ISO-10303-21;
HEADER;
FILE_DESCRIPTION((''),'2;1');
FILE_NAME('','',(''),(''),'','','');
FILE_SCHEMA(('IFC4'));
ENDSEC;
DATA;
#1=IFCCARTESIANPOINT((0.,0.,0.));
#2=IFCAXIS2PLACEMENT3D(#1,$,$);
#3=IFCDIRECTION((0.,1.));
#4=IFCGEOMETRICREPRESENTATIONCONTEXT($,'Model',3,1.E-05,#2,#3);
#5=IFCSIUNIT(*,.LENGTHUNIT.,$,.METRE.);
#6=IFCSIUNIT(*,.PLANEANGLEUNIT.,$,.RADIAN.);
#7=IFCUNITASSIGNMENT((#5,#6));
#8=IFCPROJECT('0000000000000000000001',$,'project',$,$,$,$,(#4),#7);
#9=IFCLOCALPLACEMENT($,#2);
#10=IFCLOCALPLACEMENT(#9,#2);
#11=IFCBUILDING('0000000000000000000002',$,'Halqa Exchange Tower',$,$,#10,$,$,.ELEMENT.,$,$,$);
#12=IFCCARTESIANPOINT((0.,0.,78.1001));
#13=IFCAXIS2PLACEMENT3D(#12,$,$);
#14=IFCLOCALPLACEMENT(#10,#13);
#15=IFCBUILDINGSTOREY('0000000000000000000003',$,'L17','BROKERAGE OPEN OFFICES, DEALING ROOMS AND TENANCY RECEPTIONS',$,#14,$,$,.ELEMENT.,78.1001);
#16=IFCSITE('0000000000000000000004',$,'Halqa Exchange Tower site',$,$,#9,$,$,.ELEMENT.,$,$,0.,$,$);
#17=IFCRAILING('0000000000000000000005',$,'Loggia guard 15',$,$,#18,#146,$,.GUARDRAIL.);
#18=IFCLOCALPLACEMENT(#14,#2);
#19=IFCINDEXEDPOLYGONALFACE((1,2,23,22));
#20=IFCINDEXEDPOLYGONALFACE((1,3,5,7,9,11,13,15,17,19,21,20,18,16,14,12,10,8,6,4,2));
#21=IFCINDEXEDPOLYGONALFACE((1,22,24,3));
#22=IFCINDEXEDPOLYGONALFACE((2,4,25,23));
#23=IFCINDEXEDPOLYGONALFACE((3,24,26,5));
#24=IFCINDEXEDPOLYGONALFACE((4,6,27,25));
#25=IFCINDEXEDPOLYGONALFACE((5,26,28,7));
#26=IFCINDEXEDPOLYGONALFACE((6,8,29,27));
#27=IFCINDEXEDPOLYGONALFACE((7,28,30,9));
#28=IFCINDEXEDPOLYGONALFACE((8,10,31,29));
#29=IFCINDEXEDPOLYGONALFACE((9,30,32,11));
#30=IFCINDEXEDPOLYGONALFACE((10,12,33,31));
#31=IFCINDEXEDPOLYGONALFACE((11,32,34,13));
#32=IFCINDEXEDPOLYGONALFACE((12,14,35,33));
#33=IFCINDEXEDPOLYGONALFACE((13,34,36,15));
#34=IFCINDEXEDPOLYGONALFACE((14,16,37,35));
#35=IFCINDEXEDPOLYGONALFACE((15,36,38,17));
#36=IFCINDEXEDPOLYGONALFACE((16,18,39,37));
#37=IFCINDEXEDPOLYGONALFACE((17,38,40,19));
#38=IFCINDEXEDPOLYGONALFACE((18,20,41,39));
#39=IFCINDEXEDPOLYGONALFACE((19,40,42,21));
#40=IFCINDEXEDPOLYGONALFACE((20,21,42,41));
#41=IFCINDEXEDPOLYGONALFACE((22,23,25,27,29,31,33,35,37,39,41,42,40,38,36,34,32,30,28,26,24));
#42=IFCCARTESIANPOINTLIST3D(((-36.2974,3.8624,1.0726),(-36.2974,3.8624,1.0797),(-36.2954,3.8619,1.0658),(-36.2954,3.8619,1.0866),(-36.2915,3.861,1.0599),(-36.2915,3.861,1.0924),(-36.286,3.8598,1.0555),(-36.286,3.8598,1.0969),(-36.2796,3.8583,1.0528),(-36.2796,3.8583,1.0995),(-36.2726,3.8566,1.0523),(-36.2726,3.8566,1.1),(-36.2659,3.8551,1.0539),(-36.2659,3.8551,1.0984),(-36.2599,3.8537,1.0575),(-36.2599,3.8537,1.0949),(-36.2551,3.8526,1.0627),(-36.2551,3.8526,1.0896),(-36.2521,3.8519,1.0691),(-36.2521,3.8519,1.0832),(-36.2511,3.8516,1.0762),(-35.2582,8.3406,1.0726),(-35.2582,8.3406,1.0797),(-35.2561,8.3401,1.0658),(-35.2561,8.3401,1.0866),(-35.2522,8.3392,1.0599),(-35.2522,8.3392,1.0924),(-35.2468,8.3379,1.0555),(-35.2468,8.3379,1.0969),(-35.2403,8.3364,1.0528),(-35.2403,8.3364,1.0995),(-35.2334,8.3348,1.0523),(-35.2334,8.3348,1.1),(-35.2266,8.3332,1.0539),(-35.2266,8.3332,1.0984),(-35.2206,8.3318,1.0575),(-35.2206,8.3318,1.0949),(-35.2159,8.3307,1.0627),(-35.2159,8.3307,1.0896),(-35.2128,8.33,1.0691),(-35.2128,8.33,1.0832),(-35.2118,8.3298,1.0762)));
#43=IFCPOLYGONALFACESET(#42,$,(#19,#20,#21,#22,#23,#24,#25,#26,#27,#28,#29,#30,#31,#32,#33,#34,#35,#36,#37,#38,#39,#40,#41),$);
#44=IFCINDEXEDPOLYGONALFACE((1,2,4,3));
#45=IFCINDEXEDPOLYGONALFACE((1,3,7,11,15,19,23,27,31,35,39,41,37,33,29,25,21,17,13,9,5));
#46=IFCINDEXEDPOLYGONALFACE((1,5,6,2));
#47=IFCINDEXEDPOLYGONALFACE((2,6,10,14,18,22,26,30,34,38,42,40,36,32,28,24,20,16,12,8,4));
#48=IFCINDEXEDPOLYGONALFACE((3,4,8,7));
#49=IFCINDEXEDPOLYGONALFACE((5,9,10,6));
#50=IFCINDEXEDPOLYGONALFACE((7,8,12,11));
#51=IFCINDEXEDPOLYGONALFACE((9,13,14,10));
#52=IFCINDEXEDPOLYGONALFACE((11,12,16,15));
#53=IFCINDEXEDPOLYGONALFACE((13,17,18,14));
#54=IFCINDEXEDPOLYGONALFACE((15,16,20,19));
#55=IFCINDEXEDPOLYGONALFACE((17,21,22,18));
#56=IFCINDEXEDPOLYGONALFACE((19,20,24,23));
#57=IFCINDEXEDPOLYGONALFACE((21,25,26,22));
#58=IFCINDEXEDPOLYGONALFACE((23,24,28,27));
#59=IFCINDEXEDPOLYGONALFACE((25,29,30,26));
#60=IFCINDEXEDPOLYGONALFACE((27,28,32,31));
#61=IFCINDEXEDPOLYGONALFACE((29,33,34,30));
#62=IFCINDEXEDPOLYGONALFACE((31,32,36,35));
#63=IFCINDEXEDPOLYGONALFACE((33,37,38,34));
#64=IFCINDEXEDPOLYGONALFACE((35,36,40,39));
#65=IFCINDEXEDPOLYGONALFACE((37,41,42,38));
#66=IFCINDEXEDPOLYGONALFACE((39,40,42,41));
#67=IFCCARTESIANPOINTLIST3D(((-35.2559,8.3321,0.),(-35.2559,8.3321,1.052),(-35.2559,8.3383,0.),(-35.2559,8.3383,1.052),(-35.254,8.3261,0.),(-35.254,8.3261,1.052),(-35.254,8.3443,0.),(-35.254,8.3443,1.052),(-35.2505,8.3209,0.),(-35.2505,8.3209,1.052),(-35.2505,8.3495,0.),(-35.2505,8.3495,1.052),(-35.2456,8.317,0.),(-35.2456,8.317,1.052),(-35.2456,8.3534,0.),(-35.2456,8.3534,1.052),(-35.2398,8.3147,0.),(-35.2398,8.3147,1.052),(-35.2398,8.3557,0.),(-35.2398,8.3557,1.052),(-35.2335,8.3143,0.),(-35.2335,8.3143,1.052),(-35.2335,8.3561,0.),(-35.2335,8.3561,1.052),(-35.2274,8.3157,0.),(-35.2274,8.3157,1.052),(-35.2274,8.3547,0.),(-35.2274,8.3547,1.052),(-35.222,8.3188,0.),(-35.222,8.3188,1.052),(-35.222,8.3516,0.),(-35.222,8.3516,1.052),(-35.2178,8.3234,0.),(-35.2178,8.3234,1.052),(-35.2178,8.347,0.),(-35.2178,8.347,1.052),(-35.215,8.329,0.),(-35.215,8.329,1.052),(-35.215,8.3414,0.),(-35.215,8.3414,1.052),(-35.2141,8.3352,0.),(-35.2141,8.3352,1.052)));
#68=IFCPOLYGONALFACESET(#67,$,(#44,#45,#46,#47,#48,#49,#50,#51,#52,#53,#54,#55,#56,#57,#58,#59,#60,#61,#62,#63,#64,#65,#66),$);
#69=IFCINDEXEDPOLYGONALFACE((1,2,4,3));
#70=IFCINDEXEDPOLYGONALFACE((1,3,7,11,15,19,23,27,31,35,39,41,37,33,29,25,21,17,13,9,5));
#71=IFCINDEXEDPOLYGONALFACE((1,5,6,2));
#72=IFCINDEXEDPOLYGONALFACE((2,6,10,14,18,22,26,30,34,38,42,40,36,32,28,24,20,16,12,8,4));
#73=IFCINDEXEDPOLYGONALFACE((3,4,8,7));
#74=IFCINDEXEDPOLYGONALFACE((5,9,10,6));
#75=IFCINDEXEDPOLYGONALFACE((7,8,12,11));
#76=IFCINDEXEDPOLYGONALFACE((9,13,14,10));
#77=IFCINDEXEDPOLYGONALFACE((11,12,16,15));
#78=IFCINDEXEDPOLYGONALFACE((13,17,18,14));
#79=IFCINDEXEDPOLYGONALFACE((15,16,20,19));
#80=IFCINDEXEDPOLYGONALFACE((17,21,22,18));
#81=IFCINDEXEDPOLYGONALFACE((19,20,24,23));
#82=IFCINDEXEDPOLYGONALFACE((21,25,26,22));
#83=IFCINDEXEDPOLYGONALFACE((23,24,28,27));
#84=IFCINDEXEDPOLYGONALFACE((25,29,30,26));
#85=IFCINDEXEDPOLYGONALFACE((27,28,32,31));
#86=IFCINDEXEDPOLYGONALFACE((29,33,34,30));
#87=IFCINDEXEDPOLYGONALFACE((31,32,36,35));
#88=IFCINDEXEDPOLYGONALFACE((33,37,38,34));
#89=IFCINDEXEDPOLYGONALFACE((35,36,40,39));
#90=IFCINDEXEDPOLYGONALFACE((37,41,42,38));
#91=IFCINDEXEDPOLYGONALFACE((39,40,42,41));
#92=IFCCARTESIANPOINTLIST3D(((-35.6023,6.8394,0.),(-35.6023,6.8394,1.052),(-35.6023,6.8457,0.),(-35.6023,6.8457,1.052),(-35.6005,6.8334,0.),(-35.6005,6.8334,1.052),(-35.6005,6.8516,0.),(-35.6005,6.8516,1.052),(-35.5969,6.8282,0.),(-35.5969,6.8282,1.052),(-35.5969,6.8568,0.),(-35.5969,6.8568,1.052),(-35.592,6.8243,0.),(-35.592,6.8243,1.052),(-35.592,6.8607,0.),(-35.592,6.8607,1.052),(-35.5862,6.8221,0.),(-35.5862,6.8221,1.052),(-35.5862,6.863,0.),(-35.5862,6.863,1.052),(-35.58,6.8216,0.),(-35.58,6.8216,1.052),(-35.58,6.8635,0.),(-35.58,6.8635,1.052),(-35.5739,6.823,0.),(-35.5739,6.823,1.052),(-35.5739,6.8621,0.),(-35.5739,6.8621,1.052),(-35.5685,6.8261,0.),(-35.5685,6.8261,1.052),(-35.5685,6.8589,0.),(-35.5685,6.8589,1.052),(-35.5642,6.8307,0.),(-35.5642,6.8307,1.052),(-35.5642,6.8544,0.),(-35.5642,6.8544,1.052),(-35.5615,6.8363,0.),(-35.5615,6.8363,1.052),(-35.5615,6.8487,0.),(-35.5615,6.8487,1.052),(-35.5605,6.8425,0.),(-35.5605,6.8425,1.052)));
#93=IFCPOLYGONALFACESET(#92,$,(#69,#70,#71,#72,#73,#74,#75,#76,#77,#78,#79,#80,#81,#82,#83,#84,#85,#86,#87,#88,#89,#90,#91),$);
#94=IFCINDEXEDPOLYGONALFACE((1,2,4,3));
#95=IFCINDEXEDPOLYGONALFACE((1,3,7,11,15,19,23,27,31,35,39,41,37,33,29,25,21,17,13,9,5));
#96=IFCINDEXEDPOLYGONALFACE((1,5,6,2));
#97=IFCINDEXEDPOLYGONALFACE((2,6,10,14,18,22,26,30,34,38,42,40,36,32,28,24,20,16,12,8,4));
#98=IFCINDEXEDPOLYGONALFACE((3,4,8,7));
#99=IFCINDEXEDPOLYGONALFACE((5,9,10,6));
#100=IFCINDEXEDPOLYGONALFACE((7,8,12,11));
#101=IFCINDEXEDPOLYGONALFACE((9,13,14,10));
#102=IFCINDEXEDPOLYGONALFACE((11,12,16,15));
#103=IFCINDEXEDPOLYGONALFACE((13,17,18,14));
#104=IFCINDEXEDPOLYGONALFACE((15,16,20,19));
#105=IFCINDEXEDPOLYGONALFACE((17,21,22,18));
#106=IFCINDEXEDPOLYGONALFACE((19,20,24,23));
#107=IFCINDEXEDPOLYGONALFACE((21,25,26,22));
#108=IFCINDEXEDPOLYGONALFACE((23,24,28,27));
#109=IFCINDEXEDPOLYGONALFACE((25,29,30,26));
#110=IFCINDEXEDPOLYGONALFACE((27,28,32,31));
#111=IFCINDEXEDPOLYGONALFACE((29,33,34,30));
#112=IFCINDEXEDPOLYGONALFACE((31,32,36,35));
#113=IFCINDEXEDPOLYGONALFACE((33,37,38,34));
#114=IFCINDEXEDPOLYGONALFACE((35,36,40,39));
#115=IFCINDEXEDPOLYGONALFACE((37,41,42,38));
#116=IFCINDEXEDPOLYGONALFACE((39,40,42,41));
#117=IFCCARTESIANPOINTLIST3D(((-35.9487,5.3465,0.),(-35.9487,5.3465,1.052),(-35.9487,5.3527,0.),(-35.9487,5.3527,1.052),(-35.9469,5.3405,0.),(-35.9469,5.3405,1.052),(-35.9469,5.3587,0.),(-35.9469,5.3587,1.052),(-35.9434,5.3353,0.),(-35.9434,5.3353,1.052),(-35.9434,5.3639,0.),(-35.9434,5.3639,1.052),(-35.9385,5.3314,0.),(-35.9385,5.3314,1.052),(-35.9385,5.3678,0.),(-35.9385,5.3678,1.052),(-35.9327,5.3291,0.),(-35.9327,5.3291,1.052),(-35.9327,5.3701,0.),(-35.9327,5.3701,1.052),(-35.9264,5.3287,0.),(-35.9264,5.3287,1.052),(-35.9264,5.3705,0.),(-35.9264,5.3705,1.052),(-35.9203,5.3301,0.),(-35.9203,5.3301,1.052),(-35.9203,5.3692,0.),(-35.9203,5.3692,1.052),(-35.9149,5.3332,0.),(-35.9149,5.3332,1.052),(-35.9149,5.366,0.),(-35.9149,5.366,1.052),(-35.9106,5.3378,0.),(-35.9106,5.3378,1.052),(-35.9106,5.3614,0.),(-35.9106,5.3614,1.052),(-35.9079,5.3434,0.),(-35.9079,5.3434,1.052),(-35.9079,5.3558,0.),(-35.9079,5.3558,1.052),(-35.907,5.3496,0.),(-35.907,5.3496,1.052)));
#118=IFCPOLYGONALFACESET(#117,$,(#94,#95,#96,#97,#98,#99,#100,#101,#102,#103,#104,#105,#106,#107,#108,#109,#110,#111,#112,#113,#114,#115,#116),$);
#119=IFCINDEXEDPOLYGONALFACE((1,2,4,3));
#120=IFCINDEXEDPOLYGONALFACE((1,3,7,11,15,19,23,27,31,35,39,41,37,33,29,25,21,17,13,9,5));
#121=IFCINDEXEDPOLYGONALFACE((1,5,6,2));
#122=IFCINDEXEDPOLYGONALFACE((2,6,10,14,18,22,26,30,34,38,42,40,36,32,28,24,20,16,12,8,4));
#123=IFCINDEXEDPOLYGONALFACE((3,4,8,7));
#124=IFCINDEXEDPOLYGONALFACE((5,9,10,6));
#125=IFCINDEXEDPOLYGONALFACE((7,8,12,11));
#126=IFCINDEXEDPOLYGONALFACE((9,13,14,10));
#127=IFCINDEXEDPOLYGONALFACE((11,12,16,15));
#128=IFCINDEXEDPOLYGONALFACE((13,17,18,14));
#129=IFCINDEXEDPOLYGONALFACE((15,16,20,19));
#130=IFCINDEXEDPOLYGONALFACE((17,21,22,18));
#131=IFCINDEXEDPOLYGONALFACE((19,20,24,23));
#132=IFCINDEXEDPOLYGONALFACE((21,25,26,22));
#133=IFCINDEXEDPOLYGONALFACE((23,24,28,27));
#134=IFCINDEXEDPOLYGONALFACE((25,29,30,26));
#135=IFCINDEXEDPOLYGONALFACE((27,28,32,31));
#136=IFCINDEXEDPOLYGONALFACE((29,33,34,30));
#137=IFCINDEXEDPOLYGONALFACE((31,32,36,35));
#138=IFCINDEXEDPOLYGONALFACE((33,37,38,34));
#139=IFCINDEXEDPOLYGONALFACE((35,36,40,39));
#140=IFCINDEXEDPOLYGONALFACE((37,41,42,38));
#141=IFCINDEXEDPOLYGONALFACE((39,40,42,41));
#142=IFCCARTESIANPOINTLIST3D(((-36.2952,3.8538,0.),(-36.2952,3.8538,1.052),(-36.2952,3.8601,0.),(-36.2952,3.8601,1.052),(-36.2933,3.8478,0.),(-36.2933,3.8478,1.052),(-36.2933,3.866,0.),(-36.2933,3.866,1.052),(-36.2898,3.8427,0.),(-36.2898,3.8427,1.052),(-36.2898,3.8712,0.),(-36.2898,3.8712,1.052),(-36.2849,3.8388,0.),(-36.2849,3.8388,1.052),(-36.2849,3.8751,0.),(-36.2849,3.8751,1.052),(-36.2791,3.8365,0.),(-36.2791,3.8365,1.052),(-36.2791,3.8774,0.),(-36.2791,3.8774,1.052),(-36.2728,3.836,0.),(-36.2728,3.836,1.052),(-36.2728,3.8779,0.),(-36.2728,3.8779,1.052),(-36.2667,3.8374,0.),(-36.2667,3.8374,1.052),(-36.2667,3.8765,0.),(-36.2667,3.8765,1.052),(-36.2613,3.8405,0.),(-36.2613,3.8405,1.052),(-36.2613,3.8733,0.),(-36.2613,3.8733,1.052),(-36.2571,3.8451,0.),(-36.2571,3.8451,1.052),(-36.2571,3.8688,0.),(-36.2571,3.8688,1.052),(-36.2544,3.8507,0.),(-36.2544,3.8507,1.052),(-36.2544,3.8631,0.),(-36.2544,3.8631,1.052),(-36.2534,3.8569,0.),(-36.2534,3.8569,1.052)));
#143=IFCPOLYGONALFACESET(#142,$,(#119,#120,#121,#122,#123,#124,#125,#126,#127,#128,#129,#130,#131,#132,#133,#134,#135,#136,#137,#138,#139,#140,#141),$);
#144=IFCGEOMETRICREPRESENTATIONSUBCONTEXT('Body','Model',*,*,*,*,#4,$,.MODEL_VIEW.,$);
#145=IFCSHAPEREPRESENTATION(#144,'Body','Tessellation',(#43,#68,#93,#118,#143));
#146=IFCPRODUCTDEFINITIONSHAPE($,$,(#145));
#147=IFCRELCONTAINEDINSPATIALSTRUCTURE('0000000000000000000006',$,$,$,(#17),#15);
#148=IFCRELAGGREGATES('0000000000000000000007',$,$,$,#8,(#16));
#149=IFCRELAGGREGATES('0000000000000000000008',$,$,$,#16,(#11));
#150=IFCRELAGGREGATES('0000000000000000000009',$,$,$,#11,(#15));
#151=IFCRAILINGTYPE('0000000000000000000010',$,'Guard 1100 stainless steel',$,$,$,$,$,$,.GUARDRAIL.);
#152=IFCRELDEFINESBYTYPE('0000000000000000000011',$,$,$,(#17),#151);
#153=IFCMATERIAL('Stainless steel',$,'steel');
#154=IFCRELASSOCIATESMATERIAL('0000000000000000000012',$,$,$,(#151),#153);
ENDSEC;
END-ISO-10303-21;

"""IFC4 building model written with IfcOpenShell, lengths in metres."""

from ifc_helpers import new_model, si_unit, direction, frame, origin, origin_2d, place, context, subcontext, project, spatial, circle, extrude, material, type_object, element, save


model = new_model("IFC4")

# Units and contexts
model_context = context("Model", 3, precision=1e-05, world=origin(), true_north=direction((0.0, 1.0)))
body_context = subcontext(model_context, "Body", "Model", "MODEL_VIEW")
ifc_project = project(units=[si_unit("LENGTHUNIT", "METRE"), si_unit("PLANEANGLEUNIT", "RADIAN")], contexts=[model_context])

# Site, building, storey
site_placement = place(None, origin())
site = spatial("IfcSite", under=ifc_project, at=site_placement, Name="Halqa Exchange Tower site", CompositionType="ELEMENT", RefElevation=0.0)
building_placement = place(site_placement, origin())
building = spatial("IfcBuilding", under=site, at=building_placement, Name="Halqa Exchange Tower", CompositionType="ELEMENT")
storey_placement = place(building_placement, frame((0.0, 0.0, 78.1001)))
storey = spatial("IfcBuildingStorey", under=building, at=storey_placement, Name="L17", Description="BROKERAGE OPEN OFFICES, DEALING ROOMS AND TENANCY RECEPTIONS", CompositionType="ELEMENT", Elevation=78.1001)

# Railing
ifc_material_1 = material(Name="Stainless steel", Category="steel")
railing_type = type_object("IfcRailingType", Name="Guard 1100 stainless steel", PredefinedType="GUARDRAIL", material=ifc_material_1)
railing_1_placement = place(storey_placement, frame((-35.2351, 8.3352, 0.0)))
element("IfcRailing", 1, at=railing_1_placement, inside=storey, type_object=railing_type, Name="Loggia guard 15", PredefinedType="GUARDRAIL", context=body_context, shape_type="SweptSolid", body=[
    extrude(circle(Radius=0.0239, at=origin_2d()), frame((0.0, 0.0, 1.0762), z_axis=(-0.226069, -0.974111, 0.0), x_axis=(0.974111, -0.226069, 0.0)), (0.0, 0.0, 1.0), 4.5972),
    extrude(circle(Radius=0.021, at=origin_2d()), origin(), (0.0, 0.0, 1.0), 1.052),
    extrude(circle(Radius=0.021, at=origin_2d()), frame((-0.3464, -1.4927, 0.0)), (0.0, 0.0, 1.0), 1.052),
    extrude(circle(Radius=0.021, at=origin_2d()), frame((-0.6929, -2.9856, 0.0)), (0.0, 0.0, 1.0), 1.052),
    extrude(circle(Radius=0.021, at=origin_2d()), frame((-1.0393, -4.4783, 0.0)), (0.0, 0.0, 1.0), 1.052),
])

save(model, "model.ifc")
